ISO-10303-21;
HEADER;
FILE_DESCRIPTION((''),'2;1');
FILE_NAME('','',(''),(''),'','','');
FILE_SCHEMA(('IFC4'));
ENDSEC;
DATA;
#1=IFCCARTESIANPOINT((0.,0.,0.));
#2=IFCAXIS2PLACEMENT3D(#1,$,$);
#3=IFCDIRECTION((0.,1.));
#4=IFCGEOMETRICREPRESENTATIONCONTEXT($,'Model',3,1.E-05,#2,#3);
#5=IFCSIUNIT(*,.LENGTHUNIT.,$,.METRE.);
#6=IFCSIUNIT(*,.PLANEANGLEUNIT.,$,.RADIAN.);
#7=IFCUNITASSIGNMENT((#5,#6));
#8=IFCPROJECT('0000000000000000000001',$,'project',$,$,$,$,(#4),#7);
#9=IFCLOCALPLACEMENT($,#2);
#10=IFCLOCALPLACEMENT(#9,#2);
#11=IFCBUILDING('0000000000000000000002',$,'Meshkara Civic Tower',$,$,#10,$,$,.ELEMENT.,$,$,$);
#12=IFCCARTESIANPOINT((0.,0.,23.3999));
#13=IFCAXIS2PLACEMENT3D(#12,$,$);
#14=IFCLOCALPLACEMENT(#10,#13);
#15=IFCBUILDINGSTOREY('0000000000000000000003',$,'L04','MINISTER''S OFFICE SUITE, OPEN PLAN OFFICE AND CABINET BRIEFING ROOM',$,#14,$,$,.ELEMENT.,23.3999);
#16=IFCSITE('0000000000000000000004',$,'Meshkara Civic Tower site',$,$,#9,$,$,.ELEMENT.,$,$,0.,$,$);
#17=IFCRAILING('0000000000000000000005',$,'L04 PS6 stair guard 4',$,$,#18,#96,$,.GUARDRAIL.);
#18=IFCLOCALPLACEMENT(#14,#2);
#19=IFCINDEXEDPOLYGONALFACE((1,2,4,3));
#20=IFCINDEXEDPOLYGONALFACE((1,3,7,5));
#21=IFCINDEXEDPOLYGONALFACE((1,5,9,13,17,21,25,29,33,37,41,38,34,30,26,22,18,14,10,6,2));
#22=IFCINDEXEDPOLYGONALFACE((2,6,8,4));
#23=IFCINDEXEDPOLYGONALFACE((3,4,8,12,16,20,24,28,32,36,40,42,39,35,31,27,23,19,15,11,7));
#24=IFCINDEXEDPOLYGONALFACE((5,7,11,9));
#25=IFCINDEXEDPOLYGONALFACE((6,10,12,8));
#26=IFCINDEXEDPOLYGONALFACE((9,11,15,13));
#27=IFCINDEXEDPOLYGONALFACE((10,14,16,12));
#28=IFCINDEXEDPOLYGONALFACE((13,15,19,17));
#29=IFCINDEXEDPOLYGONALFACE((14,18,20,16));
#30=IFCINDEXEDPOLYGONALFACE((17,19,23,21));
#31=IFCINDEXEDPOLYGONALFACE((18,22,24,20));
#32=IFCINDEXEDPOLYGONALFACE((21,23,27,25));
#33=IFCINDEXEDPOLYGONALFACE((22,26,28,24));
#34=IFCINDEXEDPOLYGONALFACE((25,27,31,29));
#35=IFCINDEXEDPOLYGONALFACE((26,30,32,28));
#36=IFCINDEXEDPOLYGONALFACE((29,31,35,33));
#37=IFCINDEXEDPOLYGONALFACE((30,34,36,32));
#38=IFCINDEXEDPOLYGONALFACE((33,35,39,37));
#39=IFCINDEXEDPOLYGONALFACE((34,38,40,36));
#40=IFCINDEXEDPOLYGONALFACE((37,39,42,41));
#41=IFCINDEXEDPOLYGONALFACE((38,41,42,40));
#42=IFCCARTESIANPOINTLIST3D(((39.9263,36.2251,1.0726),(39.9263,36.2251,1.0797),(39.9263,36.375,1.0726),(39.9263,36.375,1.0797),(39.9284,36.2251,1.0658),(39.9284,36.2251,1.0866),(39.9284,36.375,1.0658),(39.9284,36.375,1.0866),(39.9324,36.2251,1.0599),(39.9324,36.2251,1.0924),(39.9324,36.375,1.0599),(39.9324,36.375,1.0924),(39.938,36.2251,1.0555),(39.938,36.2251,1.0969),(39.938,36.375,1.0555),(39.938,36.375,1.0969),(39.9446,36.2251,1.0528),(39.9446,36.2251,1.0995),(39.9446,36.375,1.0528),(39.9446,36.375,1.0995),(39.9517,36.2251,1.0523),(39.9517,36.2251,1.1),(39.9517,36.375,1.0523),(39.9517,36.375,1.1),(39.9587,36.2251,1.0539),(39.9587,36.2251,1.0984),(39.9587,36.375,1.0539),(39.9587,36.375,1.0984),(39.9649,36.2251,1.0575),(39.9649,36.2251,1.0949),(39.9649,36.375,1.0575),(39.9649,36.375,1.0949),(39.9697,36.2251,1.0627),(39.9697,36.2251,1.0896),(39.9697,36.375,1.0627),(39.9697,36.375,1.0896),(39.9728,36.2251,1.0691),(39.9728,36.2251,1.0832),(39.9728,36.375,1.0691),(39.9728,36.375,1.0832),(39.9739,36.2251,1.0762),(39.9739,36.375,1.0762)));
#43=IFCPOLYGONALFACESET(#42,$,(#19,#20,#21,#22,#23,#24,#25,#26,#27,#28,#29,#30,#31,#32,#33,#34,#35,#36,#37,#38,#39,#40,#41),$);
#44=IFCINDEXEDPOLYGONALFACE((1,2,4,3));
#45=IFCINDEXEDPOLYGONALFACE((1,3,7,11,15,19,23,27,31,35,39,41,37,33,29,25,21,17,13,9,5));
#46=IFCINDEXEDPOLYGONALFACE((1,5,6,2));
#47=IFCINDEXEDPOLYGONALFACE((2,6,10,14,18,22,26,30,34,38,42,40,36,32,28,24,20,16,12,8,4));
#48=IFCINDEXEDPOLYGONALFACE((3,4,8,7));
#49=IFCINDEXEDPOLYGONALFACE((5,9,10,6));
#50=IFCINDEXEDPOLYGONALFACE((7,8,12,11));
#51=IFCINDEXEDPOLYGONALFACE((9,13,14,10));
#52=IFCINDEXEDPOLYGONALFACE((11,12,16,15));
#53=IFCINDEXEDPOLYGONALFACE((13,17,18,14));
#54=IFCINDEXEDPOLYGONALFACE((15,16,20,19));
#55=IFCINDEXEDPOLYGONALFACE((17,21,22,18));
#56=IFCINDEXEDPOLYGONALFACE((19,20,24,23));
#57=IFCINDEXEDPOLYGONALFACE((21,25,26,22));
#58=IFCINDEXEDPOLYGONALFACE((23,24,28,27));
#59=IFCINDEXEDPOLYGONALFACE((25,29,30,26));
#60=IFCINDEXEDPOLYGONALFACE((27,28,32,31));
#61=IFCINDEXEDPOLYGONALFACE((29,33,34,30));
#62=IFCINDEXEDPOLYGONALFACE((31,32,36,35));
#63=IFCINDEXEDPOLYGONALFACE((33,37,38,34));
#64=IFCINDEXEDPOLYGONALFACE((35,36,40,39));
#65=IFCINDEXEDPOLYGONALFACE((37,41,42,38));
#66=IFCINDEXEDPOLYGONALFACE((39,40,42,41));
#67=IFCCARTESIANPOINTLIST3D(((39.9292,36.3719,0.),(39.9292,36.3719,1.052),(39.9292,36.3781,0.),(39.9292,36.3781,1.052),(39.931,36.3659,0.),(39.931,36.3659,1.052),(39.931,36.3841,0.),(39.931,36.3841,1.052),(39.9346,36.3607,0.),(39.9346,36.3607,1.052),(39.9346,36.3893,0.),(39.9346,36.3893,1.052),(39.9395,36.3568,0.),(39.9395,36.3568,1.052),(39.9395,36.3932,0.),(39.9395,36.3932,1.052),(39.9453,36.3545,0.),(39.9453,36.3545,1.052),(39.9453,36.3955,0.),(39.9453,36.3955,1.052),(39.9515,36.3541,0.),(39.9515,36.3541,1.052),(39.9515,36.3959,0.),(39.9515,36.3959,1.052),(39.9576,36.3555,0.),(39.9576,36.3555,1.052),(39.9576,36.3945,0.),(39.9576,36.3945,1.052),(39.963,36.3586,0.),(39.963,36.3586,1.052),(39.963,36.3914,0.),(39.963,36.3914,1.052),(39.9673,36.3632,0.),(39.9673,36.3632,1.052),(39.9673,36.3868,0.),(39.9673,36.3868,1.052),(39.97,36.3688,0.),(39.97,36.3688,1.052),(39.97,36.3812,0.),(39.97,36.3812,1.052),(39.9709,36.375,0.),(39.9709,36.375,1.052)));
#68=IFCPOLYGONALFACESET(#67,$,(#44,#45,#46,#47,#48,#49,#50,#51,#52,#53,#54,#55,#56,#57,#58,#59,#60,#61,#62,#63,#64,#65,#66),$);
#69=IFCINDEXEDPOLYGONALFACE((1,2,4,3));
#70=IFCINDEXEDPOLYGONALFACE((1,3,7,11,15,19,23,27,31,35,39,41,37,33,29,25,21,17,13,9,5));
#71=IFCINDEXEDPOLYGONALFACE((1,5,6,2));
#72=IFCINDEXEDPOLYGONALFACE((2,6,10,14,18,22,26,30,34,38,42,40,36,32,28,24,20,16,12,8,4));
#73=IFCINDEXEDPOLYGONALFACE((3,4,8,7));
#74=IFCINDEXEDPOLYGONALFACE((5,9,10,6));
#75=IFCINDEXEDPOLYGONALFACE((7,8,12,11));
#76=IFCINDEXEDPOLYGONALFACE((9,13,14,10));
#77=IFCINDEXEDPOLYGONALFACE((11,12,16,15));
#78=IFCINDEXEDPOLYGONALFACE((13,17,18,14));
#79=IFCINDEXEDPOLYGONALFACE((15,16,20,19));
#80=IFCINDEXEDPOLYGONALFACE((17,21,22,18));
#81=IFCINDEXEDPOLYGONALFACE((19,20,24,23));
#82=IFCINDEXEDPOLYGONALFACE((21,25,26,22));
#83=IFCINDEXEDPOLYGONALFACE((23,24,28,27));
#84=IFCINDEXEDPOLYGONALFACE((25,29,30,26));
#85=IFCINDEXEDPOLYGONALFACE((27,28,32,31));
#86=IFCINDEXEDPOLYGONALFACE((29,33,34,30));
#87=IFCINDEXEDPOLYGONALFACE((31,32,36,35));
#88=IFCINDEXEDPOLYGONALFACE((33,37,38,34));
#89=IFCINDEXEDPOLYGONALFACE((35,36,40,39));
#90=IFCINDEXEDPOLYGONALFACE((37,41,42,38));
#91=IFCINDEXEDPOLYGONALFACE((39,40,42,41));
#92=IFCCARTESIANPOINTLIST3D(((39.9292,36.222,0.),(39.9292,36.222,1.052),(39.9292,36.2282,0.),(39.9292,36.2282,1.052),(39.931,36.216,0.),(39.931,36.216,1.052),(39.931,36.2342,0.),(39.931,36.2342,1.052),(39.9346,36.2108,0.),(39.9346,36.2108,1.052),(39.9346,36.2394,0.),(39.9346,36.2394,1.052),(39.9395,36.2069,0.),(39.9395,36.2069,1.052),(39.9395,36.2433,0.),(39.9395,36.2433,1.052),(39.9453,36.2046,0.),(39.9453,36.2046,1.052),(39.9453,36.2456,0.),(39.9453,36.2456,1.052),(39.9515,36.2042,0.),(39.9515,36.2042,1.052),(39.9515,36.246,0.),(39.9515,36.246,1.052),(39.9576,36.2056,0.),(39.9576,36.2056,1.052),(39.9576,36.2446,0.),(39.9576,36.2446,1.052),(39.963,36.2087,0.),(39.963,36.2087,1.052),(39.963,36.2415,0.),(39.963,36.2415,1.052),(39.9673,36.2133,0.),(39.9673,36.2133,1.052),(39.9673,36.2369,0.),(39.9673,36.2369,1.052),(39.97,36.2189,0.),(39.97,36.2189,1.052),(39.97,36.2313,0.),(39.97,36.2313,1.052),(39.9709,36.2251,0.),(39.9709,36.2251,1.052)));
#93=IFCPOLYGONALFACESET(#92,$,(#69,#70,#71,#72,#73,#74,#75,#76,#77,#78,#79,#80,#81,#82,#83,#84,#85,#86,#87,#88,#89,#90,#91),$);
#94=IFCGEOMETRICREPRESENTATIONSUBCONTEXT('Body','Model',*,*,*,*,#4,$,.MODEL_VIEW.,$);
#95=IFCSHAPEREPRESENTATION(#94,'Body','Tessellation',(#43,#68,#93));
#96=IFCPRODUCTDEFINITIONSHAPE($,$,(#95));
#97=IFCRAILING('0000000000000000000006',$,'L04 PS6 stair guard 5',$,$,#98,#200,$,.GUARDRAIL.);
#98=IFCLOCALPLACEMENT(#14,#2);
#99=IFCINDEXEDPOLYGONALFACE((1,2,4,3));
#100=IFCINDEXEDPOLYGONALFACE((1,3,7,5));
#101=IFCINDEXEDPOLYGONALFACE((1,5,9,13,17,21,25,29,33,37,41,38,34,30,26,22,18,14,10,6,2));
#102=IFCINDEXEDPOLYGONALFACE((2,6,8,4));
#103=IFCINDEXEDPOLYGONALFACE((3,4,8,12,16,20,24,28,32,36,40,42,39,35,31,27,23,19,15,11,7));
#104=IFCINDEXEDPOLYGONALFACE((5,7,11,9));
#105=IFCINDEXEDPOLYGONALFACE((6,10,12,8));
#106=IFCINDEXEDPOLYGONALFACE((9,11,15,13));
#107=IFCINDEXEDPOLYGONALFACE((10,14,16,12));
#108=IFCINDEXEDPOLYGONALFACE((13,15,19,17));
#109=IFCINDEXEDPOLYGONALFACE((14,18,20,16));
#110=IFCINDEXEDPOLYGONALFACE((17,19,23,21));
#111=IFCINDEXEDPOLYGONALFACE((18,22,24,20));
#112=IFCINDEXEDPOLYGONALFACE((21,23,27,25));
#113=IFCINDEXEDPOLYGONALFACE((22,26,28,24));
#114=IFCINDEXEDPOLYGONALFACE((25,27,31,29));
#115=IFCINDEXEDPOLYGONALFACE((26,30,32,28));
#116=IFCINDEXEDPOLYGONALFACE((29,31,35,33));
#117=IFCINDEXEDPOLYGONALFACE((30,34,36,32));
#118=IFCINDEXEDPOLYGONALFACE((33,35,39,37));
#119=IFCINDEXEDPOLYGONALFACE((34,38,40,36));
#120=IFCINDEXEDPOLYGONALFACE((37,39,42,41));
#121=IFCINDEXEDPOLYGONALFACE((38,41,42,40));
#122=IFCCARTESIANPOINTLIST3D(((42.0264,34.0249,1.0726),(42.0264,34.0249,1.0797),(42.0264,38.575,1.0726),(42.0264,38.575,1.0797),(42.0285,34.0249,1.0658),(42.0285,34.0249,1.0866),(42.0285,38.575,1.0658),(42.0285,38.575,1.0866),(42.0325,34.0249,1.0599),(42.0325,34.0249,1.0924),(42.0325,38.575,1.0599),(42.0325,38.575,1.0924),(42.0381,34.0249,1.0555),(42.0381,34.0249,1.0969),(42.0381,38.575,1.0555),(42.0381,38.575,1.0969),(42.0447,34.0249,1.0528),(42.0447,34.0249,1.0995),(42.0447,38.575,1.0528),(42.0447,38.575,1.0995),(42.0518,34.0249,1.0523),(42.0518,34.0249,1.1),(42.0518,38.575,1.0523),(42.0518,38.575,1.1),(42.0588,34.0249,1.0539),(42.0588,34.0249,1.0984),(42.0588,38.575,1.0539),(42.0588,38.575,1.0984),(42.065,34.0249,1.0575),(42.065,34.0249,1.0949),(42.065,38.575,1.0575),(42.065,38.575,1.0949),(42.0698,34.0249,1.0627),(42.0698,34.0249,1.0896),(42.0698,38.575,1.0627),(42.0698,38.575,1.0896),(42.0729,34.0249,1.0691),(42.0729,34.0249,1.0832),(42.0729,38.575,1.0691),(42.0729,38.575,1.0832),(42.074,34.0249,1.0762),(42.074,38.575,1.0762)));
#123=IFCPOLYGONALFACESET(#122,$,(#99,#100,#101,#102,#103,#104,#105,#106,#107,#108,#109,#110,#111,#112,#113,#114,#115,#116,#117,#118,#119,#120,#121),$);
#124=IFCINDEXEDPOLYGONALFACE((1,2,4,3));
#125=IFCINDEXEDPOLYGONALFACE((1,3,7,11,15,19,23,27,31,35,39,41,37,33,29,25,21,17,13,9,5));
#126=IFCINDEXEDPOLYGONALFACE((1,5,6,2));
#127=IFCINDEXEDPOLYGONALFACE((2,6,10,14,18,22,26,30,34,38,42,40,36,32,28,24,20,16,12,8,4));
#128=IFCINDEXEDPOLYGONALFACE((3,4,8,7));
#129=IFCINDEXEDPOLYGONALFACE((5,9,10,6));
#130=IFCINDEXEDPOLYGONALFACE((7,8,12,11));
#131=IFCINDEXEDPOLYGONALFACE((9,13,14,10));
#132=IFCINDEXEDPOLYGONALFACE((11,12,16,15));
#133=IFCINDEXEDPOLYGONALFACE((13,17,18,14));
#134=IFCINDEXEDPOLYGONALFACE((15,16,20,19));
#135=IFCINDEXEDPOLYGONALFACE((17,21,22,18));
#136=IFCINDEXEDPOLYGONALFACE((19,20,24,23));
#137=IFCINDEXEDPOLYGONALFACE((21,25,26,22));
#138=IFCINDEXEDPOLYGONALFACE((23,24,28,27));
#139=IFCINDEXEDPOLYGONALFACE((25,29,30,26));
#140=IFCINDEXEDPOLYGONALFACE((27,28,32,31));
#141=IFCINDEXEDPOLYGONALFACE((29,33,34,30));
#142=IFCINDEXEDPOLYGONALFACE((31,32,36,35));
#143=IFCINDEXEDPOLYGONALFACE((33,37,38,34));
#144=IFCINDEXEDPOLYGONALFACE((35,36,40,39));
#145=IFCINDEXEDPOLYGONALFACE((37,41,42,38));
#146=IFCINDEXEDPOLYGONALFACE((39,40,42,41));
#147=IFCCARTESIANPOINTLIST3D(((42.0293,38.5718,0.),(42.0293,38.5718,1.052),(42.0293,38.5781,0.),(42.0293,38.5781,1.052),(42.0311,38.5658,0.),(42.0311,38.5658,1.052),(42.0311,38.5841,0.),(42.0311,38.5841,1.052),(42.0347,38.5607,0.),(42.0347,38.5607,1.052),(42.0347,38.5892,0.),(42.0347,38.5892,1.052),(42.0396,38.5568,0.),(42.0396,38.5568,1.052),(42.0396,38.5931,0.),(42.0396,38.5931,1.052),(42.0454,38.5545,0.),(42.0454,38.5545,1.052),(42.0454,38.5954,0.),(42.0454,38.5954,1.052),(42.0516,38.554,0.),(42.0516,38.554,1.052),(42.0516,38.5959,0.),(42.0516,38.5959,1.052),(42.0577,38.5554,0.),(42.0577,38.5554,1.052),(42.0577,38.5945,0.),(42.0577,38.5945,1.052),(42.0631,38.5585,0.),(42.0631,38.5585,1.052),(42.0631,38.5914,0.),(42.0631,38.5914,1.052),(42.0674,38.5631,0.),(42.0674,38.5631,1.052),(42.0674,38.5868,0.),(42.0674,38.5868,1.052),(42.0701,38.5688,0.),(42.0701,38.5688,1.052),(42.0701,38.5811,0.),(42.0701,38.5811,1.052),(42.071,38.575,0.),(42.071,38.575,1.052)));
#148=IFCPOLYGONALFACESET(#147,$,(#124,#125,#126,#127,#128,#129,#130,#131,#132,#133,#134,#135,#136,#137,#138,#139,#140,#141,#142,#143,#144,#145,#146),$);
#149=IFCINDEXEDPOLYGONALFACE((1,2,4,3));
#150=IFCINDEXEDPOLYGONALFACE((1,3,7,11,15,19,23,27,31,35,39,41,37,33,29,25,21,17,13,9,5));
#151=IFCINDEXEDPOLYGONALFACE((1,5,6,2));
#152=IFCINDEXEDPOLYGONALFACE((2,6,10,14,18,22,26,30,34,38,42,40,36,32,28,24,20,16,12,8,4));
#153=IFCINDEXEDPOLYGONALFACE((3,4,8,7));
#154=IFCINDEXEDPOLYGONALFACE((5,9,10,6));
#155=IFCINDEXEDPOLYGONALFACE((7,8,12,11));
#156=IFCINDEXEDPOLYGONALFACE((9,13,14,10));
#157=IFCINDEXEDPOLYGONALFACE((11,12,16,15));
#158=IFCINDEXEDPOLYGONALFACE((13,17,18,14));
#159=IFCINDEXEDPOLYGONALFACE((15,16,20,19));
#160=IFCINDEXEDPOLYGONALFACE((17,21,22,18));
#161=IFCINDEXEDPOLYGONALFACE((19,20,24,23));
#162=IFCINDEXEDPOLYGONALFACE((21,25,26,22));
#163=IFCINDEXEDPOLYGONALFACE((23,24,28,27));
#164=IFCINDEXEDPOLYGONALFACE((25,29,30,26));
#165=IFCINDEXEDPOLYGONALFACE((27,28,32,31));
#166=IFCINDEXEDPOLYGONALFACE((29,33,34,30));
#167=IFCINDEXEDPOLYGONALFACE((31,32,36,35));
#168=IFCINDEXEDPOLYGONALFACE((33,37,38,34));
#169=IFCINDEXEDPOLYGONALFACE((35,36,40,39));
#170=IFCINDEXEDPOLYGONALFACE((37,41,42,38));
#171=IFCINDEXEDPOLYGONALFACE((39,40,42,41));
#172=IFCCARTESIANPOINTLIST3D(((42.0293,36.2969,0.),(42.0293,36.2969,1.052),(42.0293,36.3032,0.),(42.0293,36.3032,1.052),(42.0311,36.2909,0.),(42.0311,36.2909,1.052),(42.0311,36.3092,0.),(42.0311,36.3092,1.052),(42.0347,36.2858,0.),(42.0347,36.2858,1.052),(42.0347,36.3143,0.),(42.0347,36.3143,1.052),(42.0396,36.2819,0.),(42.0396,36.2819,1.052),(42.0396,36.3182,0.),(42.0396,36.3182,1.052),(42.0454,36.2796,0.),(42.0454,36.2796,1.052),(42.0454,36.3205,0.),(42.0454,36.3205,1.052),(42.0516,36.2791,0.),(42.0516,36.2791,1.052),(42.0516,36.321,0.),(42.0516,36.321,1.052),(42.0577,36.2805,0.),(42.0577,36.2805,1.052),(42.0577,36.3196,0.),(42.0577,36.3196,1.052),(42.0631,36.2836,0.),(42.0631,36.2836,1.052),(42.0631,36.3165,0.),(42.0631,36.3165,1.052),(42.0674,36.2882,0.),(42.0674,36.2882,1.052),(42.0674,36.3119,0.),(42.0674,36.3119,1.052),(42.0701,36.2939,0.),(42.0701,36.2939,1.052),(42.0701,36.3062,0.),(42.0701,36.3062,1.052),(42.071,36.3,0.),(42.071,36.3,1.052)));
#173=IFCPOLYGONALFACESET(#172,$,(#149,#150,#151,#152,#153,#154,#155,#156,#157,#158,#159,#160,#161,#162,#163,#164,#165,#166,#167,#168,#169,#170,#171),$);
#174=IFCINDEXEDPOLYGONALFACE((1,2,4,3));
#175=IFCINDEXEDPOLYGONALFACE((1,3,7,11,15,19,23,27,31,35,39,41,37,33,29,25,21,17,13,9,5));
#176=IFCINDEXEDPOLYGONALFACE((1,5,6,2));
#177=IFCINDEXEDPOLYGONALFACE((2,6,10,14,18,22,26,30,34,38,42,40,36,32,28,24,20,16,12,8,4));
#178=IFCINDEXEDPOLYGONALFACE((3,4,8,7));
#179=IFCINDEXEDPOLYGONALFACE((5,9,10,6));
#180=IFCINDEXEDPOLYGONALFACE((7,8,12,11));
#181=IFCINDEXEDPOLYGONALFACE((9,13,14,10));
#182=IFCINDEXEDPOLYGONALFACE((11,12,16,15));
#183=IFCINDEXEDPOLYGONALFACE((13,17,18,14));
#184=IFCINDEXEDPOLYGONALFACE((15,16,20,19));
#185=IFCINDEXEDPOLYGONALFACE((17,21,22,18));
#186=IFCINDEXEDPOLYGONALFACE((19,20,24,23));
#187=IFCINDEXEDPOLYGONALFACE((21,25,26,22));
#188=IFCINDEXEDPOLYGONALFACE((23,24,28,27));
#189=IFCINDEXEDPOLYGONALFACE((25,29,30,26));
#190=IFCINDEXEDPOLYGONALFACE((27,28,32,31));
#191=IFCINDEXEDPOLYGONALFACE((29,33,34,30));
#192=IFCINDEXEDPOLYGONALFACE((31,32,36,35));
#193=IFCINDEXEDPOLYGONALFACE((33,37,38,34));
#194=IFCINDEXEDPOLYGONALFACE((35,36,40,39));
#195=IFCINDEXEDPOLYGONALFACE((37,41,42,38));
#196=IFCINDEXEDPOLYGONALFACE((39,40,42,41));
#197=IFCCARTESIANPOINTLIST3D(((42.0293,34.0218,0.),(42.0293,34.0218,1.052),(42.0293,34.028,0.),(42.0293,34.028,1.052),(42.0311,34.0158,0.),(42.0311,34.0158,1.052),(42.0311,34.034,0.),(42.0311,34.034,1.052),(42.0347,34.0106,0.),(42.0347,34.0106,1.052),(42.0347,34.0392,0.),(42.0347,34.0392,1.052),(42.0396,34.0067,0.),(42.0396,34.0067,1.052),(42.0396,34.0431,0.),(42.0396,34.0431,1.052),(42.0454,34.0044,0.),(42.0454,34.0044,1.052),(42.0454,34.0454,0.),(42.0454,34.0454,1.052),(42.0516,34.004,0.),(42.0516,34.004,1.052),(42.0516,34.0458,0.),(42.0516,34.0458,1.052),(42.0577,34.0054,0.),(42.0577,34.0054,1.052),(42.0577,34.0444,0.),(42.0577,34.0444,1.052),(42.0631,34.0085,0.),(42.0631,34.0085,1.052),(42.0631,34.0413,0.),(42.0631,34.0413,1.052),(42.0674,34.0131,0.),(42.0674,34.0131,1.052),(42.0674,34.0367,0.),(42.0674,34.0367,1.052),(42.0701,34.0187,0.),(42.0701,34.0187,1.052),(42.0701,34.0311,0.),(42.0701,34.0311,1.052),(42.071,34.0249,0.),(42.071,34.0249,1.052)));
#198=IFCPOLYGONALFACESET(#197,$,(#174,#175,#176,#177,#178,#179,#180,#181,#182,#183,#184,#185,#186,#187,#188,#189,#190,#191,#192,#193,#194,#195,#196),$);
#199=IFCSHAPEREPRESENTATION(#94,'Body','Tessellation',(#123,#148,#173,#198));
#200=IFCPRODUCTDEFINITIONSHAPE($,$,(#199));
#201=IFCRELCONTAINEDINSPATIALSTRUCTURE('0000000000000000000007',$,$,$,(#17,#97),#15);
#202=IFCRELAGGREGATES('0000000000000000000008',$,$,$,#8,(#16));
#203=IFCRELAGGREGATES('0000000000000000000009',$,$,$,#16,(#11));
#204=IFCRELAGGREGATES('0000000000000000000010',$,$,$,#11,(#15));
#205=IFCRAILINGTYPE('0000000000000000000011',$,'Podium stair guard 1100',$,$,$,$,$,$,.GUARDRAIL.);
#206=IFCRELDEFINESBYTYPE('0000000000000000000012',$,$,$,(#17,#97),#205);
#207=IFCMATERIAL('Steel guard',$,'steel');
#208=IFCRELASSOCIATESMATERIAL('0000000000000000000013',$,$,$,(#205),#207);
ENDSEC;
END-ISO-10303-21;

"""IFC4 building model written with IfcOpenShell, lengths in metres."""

from ifc_helpers import new_model, si_unit, direction, frame, origin, origin_2d, place, context, subcontext, project, spatial, circle, extrude, material, type_object, element, save


model = new_model("IFC4")

# Units and contexts
model_context = context("Model", 3, precision=1e-05, world=origin(), true_north=direction((0.0, 1.0)))
body_context = subcontext(model_context, "Body", "Model", "MODEL_VIEW")
ifc_project = project(units=[si_unit("LENGTHUNIT", "METRE"), si_unit("PLANEANGLEUNIT", "RADIAN")], contexts=[model_context])

# Site, building, storey
site_placement = place(None, origin())
site = spatial("IfcSite", under=ifc_project, at=site_placement, Name="Meshkara Civic Tower site", CompositionType="ELEMENT", RefElevation=0.0)
building_placement = place(site_placement, origin())
building = spatial("IfcBuilding", under=site, at=building_placement, Name="Meshkara Civic Tower", CompositionType="ELEMENT")
storey_placement = place(building_placement, frame((0.0, 0.0, 23.3999)))
storey = spatial("IfcBuildingStorey", under=building, at=storey_placement, Name="L04", Description="MINISTER'S OFFICE SUITE, OPEN PLAN OFFICE AND CABINET BRIEFING ROOM", CompositionType="ELEMENT", Elevation=23.3999)

# Railings
ifc_material_1 = material(Name="Steel guard", Category="steel")
railing_type_1 = type_object("IfcRailingType", Name="Podium stair guard 1100", PredefinedType="GUARDRAIL", material=ifc_material_1)
railing_1_placement = place(storey_placement, frame((39.95, 36.375, 0.0)))
element("IfcRailing", 1, at=railing_1_placement, inside=storey, type_object=railing_type_1, Name="L04 PS6 stair guard 4", PredefinedType="GUARDRAIL", context=body_context, shape_type="SweptSolid", body=[
    extrude(circle(Radius=0.0239, at=origin_2d()), frame((0.0, 0.0, 1.0762), z_axis=(0.0, -1.0, 0.0), x_axis=(1.0, 0.0, 0.0)), (0.0, 0.0, 1.0), 0.1499),
    extrude(circle(Radius=0.021, at=origin_2d()), origin(), (0.0, 0.0, 1.0), 1.052),
    extrude(circle(Radius=0.021, at=origin_2d()), frame((0.0, -0.1499, 0.0)), (0.0, 0.0, 1.0), 1.052),
])
railing_2_placement = place(storey_placement, frame((42.05, 38.575, 0.0)))
element("IfcRailing", 2, at=railing_2_placement, inside=storey, type_object=railing_type_1, Name="L04 PS6 stair guard 5", PredefinedType="GUARDRAIL", context=body_context, shape_type="SweptSolid", body=[
    extrude(circle(Radius=0.0239, at=origin_2d()), frame((0.0, 0.0, 1.0762), z_axis=(0.0, -1.0, 0.0), x_axis=(1.0, 0.0, 0.0)), (0.0, 0.0, 1.0), 4.55),
    extrude(circle(Radius=0.021, at=origin_2d()), origin(), (0.0, 0.0, 1.0), 1.052),
    extrude(circle(Radius=0.021, at=origin_2d()), frame((0.0, -2.2749, 0.0)), (0.0, 0.0, 1.0), 1.052),
    extrude(circle(Radius=0.021, at=origin_2d()), frame((0.0, -4.55, 0.0)), (0.0, 0.0, 1.0), 1.052),
])

save(model, "model.ifc")
